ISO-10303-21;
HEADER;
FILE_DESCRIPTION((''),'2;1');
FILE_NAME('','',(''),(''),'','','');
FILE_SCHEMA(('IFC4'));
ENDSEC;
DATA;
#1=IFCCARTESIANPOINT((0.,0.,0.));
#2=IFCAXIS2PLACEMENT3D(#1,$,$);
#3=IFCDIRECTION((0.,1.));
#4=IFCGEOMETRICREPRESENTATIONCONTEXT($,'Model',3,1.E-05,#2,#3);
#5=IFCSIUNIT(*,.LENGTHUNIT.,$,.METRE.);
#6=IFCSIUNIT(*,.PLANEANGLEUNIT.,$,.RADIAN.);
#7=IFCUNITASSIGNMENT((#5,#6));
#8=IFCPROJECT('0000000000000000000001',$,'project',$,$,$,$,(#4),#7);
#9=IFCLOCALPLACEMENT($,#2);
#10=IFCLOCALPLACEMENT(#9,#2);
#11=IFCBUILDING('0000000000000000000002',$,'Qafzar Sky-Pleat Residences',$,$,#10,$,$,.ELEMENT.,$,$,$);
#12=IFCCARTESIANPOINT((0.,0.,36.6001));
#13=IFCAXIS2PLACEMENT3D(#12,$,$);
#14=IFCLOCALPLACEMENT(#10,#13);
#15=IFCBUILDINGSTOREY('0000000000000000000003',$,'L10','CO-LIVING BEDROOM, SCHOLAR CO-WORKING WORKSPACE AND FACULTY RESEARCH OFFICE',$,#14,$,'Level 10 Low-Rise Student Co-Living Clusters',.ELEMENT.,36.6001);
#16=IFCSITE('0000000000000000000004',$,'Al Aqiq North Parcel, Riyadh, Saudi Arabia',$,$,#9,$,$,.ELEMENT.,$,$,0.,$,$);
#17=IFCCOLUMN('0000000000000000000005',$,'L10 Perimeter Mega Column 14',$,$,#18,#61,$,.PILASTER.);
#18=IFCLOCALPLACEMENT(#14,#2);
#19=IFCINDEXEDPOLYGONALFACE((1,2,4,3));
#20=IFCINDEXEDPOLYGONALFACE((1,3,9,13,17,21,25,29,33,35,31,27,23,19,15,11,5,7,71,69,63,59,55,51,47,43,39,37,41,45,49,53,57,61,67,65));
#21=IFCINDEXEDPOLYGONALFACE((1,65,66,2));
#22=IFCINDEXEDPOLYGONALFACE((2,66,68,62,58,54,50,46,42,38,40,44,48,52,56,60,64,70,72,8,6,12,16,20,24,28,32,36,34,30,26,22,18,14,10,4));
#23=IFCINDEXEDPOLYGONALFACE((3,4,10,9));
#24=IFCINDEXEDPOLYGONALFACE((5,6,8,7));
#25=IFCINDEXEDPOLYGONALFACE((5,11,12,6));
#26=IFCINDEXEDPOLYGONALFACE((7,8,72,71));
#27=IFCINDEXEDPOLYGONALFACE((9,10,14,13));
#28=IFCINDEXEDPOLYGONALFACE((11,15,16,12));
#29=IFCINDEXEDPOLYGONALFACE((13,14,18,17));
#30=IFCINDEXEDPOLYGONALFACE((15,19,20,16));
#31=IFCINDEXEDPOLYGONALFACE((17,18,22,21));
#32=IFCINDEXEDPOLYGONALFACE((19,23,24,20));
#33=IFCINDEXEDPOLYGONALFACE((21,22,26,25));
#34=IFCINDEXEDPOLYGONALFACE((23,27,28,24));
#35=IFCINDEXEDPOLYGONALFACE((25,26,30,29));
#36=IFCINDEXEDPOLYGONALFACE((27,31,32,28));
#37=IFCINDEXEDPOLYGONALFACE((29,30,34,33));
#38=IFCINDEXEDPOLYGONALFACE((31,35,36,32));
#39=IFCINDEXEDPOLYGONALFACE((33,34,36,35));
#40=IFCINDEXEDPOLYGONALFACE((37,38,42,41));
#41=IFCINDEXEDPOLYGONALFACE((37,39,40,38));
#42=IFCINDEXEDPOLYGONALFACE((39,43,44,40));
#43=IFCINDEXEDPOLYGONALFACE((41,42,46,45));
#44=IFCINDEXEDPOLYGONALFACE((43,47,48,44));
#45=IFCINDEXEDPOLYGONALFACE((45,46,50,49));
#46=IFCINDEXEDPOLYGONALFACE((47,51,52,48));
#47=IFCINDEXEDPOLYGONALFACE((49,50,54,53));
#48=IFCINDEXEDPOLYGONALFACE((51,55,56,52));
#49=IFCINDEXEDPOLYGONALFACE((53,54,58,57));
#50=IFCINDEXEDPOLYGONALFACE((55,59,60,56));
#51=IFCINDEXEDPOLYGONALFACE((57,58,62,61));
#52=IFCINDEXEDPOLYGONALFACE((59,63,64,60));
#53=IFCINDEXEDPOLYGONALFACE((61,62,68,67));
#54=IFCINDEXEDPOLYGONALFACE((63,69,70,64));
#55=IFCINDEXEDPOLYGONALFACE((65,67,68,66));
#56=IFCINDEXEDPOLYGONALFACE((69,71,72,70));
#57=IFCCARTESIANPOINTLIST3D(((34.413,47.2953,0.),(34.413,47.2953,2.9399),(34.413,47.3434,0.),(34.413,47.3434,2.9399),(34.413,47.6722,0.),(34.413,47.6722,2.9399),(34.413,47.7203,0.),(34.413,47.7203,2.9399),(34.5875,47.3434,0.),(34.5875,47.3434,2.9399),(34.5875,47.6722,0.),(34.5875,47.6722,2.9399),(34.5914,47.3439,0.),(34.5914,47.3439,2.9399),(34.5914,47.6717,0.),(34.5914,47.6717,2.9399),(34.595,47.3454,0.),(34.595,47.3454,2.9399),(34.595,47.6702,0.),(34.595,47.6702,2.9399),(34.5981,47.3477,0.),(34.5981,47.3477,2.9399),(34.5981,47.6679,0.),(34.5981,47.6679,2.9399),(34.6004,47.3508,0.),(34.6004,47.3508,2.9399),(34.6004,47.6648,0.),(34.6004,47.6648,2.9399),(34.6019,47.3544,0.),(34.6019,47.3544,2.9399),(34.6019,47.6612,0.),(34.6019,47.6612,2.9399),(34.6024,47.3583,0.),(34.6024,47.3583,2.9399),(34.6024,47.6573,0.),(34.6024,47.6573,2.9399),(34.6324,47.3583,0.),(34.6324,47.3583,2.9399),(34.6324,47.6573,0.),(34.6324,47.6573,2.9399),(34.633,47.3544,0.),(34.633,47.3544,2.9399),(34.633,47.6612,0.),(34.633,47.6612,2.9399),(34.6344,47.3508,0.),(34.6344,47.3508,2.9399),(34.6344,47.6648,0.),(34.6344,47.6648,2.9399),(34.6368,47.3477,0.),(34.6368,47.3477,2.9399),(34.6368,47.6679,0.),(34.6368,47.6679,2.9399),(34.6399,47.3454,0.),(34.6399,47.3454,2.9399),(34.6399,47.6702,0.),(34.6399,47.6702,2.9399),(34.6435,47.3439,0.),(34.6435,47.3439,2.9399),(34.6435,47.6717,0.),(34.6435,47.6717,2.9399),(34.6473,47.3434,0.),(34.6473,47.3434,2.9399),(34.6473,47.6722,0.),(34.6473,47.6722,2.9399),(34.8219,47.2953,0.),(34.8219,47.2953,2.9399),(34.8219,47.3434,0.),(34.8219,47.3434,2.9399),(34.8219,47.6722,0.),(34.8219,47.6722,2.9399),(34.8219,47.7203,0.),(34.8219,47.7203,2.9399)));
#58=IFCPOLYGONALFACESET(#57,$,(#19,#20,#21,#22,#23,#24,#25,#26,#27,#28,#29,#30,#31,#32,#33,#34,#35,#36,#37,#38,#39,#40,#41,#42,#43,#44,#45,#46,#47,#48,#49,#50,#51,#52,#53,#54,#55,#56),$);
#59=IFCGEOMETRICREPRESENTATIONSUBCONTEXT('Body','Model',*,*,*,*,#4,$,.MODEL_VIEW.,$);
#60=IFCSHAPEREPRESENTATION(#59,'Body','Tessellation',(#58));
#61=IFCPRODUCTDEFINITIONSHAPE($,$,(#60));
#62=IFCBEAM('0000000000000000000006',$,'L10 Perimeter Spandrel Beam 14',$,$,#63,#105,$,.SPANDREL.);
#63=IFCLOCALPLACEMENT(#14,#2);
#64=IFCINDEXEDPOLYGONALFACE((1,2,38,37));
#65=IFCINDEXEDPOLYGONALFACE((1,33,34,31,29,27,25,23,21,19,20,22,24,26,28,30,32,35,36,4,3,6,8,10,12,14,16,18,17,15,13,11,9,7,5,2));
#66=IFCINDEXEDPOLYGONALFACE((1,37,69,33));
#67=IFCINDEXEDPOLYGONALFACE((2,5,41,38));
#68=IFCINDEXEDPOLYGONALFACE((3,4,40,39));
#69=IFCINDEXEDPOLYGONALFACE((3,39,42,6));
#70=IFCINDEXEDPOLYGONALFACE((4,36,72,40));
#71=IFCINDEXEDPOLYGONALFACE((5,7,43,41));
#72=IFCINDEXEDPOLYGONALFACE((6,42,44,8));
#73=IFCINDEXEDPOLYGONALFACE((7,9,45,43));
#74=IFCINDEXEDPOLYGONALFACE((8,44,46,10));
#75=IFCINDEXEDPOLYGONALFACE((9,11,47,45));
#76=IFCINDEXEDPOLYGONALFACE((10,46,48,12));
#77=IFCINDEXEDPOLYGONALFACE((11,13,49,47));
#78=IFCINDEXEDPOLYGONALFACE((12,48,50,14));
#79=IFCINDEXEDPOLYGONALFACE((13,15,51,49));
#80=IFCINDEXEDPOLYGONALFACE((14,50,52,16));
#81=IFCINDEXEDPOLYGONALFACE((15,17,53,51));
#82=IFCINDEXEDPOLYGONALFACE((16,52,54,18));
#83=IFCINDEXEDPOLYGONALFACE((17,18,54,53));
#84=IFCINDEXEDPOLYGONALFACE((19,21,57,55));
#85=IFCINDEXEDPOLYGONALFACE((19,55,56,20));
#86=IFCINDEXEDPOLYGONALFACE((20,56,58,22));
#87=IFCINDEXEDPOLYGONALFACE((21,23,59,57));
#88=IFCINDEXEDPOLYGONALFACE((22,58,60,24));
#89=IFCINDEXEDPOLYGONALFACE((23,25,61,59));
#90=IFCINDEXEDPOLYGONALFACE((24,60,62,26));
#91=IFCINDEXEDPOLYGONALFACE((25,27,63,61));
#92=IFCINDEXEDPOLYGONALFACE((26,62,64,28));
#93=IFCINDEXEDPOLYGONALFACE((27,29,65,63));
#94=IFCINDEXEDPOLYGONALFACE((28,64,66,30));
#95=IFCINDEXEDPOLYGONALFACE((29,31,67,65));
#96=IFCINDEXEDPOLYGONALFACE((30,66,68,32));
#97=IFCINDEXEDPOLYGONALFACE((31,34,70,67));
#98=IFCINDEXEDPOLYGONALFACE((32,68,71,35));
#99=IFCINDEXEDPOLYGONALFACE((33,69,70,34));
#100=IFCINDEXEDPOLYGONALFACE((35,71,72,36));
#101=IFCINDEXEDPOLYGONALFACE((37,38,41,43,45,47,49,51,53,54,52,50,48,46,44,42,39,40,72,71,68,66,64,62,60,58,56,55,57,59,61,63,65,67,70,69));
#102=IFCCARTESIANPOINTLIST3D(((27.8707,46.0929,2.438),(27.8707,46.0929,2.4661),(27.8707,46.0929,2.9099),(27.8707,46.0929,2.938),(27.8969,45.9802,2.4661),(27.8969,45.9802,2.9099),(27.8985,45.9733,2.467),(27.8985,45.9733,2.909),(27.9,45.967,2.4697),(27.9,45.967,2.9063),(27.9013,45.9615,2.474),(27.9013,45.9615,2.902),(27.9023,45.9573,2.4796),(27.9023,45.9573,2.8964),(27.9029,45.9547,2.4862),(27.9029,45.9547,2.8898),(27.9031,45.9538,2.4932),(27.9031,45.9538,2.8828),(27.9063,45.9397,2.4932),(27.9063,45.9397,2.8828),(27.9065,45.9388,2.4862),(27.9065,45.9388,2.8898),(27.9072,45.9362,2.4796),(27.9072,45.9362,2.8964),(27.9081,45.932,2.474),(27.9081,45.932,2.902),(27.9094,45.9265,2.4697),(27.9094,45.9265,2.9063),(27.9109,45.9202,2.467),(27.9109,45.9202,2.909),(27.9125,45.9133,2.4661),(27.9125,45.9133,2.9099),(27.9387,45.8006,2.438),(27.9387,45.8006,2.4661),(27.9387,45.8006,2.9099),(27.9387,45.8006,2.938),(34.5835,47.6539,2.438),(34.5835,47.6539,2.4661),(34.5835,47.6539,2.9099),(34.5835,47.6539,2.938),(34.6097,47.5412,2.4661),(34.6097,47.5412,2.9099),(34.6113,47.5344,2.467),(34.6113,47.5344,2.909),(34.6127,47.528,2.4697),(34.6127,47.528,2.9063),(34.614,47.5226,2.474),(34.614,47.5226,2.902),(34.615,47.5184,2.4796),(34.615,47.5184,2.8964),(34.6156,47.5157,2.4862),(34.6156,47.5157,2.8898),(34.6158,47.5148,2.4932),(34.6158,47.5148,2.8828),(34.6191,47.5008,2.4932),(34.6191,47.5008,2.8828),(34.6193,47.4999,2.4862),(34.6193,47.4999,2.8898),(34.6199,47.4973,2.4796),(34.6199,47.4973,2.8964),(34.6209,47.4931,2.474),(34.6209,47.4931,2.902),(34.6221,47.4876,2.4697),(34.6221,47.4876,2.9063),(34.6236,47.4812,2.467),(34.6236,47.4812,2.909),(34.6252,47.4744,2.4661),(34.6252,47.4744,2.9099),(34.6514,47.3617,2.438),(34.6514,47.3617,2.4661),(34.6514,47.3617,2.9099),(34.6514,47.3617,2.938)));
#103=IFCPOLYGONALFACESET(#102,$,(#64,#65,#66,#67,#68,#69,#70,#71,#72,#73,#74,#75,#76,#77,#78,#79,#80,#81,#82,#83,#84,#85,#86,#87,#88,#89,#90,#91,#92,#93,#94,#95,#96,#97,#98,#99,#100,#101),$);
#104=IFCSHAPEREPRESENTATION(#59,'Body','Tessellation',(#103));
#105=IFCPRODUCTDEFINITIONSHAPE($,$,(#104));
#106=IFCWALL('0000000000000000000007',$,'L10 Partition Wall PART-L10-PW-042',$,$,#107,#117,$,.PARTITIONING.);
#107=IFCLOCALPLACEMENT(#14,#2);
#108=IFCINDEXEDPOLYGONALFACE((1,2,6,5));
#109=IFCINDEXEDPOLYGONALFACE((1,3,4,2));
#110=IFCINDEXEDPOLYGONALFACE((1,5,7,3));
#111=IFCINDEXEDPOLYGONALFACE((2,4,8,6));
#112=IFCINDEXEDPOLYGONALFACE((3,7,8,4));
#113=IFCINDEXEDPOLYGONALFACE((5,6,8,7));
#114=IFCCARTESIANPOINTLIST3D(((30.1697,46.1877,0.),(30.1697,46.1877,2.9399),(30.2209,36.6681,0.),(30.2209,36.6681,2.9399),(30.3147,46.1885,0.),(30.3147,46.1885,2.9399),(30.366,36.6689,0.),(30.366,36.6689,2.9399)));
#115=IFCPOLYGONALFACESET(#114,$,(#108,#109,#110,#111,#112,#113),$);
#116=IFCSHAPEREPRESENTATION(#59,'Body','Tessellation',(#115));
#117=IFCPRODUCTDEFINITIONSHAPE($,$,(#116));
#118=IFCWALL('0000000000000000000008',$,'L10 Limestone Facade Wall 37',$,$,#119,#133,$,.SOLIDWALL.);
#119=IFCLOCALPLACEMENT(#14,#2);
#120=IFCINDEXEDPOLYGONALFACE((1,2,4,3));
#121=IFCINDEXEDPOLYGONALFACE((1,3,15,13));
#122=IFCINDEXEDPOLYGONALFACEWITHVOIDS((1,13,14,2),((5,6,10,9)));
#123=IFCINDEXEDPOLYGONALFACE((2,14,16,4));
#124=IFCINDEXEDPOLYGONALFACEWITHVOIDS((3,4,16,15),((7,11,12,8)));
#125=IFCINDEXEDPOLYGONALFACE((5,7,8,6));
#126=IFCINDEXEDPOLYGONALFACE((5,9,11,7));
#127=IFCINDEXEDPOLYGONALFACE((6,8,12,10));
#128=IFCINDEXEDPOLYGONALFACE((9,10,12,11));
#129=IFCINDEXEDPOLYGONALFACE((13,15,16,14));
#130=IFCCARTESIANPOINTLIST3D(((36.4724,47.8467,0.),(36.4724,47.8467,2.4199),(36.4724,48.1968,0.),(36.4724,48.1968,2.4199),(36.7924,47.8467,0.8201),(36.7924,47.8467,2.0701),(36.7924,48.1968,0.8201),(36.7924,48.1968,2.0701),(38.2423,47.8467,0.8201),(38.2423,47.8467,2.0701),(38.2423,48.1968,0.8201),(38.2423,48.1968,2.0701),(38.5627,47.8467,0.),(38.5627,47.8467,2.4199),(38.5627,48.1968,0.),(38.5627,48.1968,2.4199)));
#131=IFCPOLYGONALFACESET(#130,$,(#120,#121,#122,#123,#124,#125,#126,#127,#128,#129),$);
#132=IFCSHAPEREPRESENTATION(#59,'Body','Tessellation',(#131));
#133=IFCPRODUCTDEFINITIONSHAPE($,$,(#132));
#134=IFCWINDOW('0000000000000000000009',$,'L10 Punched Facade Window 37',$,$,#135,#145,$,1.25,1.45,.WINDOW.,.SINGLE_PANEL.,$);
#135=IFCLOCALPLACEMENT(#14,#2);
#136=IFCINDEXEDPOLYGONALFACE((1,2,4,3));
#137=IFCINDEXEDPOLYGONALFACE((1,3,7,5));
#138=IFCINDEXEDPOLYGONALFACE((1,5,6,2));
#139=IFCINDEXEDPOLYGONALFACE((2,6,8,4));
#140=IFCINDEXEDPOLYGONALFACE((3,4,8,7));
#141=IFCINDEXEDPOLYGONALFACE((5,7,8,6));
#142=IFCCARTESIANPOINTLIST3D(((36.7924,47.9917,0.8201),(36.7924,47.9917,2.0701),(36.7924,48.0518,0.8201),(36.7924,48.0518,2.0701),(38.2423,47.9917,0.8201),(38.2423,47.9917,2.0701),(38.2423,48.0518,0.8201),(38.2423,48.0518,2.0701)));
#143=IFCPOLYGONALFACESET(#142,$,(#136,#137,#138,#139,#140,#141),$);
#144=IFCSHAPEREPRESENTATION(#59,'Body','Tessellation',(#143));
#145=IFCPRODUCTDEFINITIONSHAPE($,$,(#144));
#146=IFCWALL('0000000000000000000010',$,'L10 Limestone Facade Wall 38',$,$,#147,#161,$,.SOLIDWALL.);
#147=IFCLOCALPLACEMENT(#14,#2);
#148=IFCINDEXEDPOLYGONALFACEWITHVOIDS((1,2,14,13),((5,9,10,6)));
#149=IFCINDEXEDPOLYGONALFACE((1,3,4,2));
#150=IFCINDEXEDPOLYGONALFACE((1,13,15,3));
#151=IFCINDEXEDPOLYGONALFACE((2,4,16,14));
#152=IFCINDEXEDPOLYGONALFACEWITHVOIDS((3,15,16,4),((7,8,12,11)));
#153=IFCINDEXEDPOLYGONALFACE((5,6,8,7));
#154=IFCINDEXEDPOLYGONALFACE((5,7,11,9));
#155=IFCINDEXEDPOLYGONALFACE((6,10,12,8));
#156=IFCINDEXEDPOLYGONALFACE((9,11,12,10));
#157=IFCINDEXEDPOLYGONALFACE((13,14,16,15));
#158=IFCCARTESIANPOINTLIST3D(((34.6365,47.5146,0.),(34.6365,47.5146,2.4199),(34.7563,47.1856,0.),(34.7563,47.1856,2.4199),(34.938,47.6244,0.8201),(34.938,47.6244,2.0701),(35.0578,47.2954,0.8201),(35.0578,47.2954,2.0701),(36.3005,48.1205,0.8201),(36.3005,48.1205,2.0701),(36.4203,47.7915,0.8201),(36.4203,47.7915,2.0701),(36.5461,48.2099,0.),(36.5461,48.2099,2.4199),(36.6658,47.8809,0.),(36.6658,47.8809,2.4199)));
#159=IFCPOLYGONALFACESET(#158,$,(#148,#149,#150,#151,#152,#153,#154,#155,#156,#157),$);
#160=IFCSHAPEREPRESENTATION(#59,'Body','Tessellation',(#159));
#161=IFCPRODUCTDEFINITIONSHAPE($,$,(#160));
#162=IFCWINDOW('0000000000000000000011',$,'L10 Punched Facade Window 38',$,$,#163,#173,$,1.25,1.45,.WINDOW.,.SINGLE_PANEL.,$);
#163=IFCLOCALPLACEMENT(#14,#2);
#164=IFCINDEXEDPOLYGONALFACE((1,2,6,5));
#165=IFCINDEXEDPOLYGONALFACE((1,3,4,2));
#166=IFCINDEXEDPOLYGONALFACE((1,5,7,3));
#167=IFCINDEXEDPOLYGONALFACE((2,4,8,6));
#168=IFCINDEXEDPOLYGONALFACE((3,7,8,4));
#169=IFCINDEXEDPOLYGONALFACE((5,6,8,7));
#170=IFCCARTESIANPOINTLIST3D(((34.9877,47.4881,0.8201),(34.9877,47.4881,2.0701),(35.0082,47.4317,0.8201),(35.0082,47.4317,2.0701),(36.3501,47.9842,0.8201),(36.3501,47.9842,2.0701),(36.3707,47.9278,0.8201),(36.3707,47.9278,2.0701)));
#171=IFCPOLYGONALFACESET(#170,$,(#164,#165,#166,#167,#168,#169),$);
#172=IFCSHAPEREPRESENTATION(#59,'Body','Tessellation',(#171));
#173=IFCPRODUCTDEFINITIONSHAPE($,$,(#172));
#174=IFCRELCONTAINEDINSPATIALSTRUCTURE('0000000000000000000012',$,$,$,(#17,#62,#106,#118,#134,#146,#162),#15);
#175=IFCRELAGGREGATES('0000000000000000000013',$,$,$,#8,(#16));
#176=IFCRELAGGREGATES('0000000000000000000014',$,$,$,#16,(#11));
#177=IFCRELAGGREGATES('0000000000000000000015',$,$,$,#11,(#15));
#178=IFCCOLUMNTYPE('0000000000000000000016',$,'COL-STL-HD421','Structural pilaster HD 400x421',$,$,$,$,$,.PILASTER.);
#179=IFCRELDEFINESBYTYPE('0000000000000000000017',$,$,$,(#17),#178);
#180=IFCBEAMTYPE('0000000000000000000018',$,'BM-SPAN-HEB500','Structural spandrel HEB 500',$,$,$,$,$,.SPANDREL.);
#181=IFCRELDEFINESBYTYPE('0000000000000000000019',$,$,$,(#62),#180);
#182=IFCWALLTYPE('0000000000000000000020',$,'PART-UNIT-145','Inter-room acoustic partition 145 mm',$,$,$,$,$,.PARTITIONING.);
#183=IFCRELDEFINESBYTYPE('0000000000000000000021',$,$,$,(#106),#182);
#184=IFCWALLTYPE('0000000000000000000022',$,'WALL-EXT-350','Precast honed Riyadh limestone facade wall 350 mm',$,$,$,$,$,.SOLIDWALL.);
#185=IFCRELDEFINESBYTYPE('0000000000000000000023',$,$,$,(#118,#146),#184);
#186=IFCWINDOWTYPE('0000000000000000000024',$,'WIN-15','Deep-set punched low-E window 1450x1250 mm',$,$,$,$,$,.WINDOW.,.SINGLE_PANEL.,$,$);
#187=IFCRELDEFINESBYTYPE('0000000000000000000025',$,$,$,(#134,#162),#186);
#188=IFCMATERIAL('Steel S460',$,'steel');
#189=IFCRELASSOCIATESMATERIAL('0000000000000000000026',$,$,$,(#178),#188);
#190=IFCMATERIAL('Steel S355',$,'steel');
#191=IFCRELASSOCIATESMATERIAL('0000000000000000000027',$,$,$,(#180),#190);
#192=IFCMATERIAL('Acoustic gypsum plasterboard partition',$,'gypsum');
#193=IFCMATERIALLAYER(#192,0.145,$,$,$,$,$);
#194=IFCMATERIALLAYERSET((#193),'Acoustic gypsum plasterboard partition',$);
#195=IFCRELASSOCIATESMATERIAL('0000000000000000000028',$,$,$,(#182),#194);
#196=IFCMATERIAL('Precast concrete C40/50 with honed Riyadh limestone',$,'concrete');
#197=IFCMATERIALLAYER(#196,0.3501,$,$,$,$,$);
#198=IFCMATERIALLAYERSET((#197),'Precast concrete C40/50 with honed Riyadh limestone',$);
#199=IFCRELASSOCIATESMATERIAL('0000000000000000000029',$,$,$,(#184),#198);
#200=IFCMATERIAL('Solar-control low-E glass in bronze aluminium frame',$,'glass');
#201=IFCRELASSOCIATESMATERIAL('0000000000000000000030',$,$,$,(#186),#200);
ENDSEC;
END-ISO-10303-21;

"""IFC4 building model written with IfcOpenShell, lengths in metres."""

from ifc_helpers import new_model, si_unit, direction, frame, frame_2d, origin, origin_2d, place, context, subcontext, project, spatial, rectangle, i_section, extrude, source, transform, mapped, material, layer, layer_set, material_profile, profile_set, type_object, element, fill, save


model = new_model("IFC4")

# Units and contexts
model_context = context("Model", 3, precision=1e-05, world=origin(), true_north=direction((0.0, 1.0)))
body_context = subcontext(model_context, "Body", "Model", "MODEL_VIEW")
ifc_project = project(units=[si_unit("LENGTHUNIT", "METRE"), si_unit("PLANEANGLEUNIT", "RADIAN")], contexts=[model_context])

# Site, building, storey
site_placement = place(None, origin())
site = spatial("IfcSite", under=ifc_project, at=site_placement, Name="Al Aqiq North Parcel, Riyadh, Saudi Arabia", CompositionType="ELEMENT", RefElevation=0.0)
building_placement = place(site_placement, origin())
building = spatial("IfcBuilding", under=site, at=building_placement, Name="Qafzar Sky-Pleat Residences", CompositionType="ELEMENT")
storey_placement = place(building_placement, frame((0.0, 0.0, 36.6001)))
storey = spatial("IfcBuildingStorey", under=building, at=storey_placement, Name="L10", Description="CO-LIVING BEDROOM, SCHOLAR CO-WORKING WORKSPACE AND FACULTY RESEARCH OFFICE", LongName="Level 10 Low-Rise Student Co-Living Clusters", CompositionType="ELEMENT", Elevation=36.6001)

# Column
ifc_material_1 = material(Name="Steel S460", Category="steel")
ifc_material_profile_1 = material_profile(ifc_material_1, i_section(OverallWidth=0.4089, OverallDepth=0.425, WebThickness=0.03, FlangeThickness=0.0481, FilletRadius=0.0149, at=origin_2d()), Name="HD 400x421")
ifc_profile_set_1 = profile_set([ifc_material_profile_1], Name="Steel S460")
column_type = type_object("IfcColumnType", Name="COL-STL-HD421", Description="Structural pilaster HD 400x421", PredefinedType="PILASTER", material=ifc_profile_set_1)
shared_shape_1 = source(origin(), body_context, "Body", "SweptSolid", [
    extrude(i_section(OverallWidth=0.4089, OverallDepth=0.425, WebThickness=0.03, FlangeThickness=0.0481, FilletRadius=0.0149, at=origin_2d()), origin(), (0.0, 0.0, 1.0), 2.9399),
])
column_placement = place(storey_placement, frame((34.6174, 47.5078, 0.0), z_axis=(0.0, 0.0, 1.0), x_axis=(1.0, 0.0, 0.0)))
element("IfcColumn", 1, at=column_placement, inside=storey, type_object=column_type, Name="L10 Perimeter Mega Column 14", PredefinedType="PILASTER", context=body_context, shape_type="MappedRepresentation", body=[
    mapped(shared_shape_1, transform((0.0, 0.0, 0.0), x_axis=(1.0, 0.0, 0.0), y_axis=(0.0, 1.0, 0.0), z_axis=(0.0, 0.0, 1.0), scale=1.0)),
])

# Beam
ifc_material_2 = material(Name="Steel S355", Category="steel")
ifc_material_profile_2 = material_profile(ifc_material_2, i_section(OverallWidth=0.3, OverallDepth=0.5, WebThickness=0.0144, FlangeThickness=0.0281, FilletRadius=0.0271, at=origin_2d()), Name="HEB 500")
ifc_profile_set_2 = profile_set([ifc_material_profile_2], Name="Steel S355")
beam_type = type_object("IfcBeamType", Name="BM-SPAN-HEB500", Description="Structural spandrel HEB 500", PredefinedType="SPANDREL", material=ifc_profile_set_2)
shared_shape_2 = source(origin(), body_context, "Body", "SweptSolid", [
    extrude(i_section(OverallWidth=0.3, OverallDepth=0.5, WebThickness=0.0144, FlangeThickness=0.0281, FilletRadius=0.0271, at=origin_2d()), origin(), (0.0, 0.0, 1.0), 6.8918),
])
beam_placement = place(storey_placement, frame((34.6174, 47.5078, 2.688), z_axis=(-0.974009, -0.226507, 0.0), x_axis=(0.226507, -0.974009, 0.0)))
element("IfcBeam", 2, at=beam_placement, inside=storey, type_object=beam_type, Name="L10 Perimeter Spandrel Beam 14", PredefinedType="SPANDREL", context=body_context, shape_type="MappedRepresentation", body=[
    mapped(shared_shape_2, transform((0.0, 0.0, 0.0), x_axis=(1.0, 0.0, 0.0), y_axis=(0.0, 1.0, 0.0), z_axis=(0.0, 0.0, 1.0), scale=1.0)),
])

# Wall
ifc_material_3 = material(Name="Acoustic gypsum plasterboard partition", Category="gypsum")
ifc_layer_1 = layer(ifc_material_3, 0.145)
ifc_layer_set_1 = layer_set([ifc_layer_1], Name="Acoustic gypsum plasterboard partition")
wall_type_1 = type_object("IfcWallType", Name="PART-UNIT-145", Description="Inter-room acoustic partition 145 mm", PredefinedType="PARTITIONING", material=ifc_layer_set_1)
wall_1_placement = place(storey_placement, frame((30.2422, 46.188, 0.0), z_axis=(0.0, 0.0, 1.0), x_axis=(0.005386, -0.999985, 0.0)))
element("IfcWall", 3, at=wall_1_placement, inside=storey, type_object=wall_type_1, Name="L10 Partition Wall PART-L10-PW-042", PredefinedType="PARTITIONING", context=body_context, shape_type="SweptSolid", body=[
    extrude(rectangle(XDim=9.5198, YDim=0.145, at=frame_2d((4.7598, 0.0))), origin(), (0.0, 0.0, 1.0), 2.9399),
])

# Walls, openings, windows
ifc_material_4 = material(Name="Precast concrete C40/50 with honed Riyadh limestone", Category="concrete")
ifc_layer_2 = layer(ifc_material_4, 0.3501)
ifc_layer_set_2 = layer_set([ifc_layer_2], Name="Precast concrete C40/50 with honed Riyadh limestone")
wall_type_2 = type_object("IfcWallType", Name="WALL-EXT-350", Description="Precast honed Riyadh limestone facade wall 350 mm", PredefinedType="SOLIDWALL", material=ifc_layer_set_2)
wall_2_placement = place(storey_placement, frame((38.5627, 48.0217, 0.0), z_axis=(0.0, 0.0, 1.0), x_axis=(-1.0, 0.0, 0.0)))
wall_2 = element("IfcWall", 4, at=wall_2_placement, inside=storey, type_object=wall_type_2, Name="L10 Limestone Facade Wall 37", PredefinedType="SOLIDWALL", context=body_context, shape_type="SweptSolid", body=[
    extrude(rectangle(XDim=2.0903, YDim=0.3501, at=frame_2d((1.0452, 0.0))), origin(), (0.0, 0.0, 1.0), 2.4199),
])
opening_1_placement = place(wall_2_placement, frame((0.3203, 0.0, 0.8201)))
opening_1 = element("IfcOpeningElement", 5, at=opening_1_placement, cuts=wall_2, PredefinedType="OPENING", context=body_context, shape_type="SweptSolid", body=[
    extrude(rectangle(XDim=1.45, YDim=1.25, at=frame_2d((0.7251, 0.625))), frame((0.0, 0.1851, 0.0), z_axis=(0.0, -1.0, 0.0), x_axis=(1.0, 0.0, 0.0)), (0.0, 0.0, 1.0), 0.3701),
])
ifc_material_5 = material(Name="Solar-control low-E glass in bronze aluminium frame", Category="glass")
window_type_1 = type_object("IfcWindowType", Name="WIN-15", Description="Deep-set punched low-E window 1450x1250 mm", PartitioningType="SINGLE_PANEL", PredefinedType="WINDOW", material=ifc_material_5)
shared_shape_3 = source(origin(), body_context, "Body", "SweptSolid", [
    extrude(rectangle(XDim=1.45, YDim=1.25, at=frame_2d((0.7251, 0.625))), frame((0.0, 0.03, 0.0), z_axis=(0.0, -1.0, 0.0), x_axis=(1.0, 0.0, 0.0)), (0.0, 0.0, 1.0), 0.0601),
])
window_1_placement = place(opening_1_placement, origin())
window_1 = element("IfcWindow", 6, at=window_1_placement, inside=storey, type_object=window_type_1, Name="L10 Punched Facade Window 37", OverallHeight=1.25, OverallWidth=1.45, PartitioningType="SINGLE_PANEL", PredefinedType="WINDOW", context=body_context, shape_type="MappedRepresentation", body=[
    mapped(shared_shape_3, transform((0.0, 0.0, 0.0), x_axis=(1.0, 0.0, 0.0), y_axis=(0.0, 1.0, 0.0), z_axis=(0.0, 0.0, 1.0), scale=1.0)),
])
fill(opening_1, window_1)
wall_3_placement = place(storey_placement, frame((36.606, 48.0454, 0.0), z_axis=(0.0, 0.0, 1.0), x_axis=(-0.939653, -0.342129, 0.0)))
wall_3 = element("IfcWall", 7, at=wall_3_placement, inside=storey, type_object=wall_type_2, Name="L10 Limestone Facade Wall 38", PredefinedType="SOLIDWALL", context=body_context, shape_type="SweptSolid", body=[
    extrude(rectangle(XDim=2.0322, YDim=0.3501, at=frame_2d((1.0161, 0.0))), origin(), (0.0, 0.0, 1.0), 2.4199),
])
opening_2_placement = place(wall_3_placement, frame((0.2612, 0.0, 0.8201)))
opening_2 = element("IfcOpeningElement", 8, at=opening_2_placement, cuts=wall_3, PredefinedType="OPENING", context=body_context, shape_type="SweptSolid", body=[
    extrude(rectangle(XDim=1.45, YDim=1.25, at=frame_2d((0.7251, 0.625))), frame((0.0, 0.1851, 0.0), z_axis=(0.0, -1.0, 0.0), x_axis=(1.0, 0.0, 0.0)), (0.0, 0.0, 1.0), 0.3701),
])
window_2_placement = place(opening_2_placement, origin())
window_2 = element("IfcWindow", 9, at=window_2_placement, inside=storey, type_object=window_type_1, Name="L10 Punched Facade Window 38", OverallHeight=1.25, OverallWidth=1.45, PartitioningType="SINGLE_PANEL", PredefinedType="WINDOW", context=body_context, shape_type="MappedRepresentation", body=[
    mapped(shared_shape_3, transform((0.0, 0.0, 0.0), x_axis=(1.0, 0.0, 0.0), y_axis=(0.0, 1.0, 0.0), z_axis=(0.0, 0.0, 1.0), scale=1.0)),
])
fill(opening_2, window_2)

save(model, "model.ifc")
